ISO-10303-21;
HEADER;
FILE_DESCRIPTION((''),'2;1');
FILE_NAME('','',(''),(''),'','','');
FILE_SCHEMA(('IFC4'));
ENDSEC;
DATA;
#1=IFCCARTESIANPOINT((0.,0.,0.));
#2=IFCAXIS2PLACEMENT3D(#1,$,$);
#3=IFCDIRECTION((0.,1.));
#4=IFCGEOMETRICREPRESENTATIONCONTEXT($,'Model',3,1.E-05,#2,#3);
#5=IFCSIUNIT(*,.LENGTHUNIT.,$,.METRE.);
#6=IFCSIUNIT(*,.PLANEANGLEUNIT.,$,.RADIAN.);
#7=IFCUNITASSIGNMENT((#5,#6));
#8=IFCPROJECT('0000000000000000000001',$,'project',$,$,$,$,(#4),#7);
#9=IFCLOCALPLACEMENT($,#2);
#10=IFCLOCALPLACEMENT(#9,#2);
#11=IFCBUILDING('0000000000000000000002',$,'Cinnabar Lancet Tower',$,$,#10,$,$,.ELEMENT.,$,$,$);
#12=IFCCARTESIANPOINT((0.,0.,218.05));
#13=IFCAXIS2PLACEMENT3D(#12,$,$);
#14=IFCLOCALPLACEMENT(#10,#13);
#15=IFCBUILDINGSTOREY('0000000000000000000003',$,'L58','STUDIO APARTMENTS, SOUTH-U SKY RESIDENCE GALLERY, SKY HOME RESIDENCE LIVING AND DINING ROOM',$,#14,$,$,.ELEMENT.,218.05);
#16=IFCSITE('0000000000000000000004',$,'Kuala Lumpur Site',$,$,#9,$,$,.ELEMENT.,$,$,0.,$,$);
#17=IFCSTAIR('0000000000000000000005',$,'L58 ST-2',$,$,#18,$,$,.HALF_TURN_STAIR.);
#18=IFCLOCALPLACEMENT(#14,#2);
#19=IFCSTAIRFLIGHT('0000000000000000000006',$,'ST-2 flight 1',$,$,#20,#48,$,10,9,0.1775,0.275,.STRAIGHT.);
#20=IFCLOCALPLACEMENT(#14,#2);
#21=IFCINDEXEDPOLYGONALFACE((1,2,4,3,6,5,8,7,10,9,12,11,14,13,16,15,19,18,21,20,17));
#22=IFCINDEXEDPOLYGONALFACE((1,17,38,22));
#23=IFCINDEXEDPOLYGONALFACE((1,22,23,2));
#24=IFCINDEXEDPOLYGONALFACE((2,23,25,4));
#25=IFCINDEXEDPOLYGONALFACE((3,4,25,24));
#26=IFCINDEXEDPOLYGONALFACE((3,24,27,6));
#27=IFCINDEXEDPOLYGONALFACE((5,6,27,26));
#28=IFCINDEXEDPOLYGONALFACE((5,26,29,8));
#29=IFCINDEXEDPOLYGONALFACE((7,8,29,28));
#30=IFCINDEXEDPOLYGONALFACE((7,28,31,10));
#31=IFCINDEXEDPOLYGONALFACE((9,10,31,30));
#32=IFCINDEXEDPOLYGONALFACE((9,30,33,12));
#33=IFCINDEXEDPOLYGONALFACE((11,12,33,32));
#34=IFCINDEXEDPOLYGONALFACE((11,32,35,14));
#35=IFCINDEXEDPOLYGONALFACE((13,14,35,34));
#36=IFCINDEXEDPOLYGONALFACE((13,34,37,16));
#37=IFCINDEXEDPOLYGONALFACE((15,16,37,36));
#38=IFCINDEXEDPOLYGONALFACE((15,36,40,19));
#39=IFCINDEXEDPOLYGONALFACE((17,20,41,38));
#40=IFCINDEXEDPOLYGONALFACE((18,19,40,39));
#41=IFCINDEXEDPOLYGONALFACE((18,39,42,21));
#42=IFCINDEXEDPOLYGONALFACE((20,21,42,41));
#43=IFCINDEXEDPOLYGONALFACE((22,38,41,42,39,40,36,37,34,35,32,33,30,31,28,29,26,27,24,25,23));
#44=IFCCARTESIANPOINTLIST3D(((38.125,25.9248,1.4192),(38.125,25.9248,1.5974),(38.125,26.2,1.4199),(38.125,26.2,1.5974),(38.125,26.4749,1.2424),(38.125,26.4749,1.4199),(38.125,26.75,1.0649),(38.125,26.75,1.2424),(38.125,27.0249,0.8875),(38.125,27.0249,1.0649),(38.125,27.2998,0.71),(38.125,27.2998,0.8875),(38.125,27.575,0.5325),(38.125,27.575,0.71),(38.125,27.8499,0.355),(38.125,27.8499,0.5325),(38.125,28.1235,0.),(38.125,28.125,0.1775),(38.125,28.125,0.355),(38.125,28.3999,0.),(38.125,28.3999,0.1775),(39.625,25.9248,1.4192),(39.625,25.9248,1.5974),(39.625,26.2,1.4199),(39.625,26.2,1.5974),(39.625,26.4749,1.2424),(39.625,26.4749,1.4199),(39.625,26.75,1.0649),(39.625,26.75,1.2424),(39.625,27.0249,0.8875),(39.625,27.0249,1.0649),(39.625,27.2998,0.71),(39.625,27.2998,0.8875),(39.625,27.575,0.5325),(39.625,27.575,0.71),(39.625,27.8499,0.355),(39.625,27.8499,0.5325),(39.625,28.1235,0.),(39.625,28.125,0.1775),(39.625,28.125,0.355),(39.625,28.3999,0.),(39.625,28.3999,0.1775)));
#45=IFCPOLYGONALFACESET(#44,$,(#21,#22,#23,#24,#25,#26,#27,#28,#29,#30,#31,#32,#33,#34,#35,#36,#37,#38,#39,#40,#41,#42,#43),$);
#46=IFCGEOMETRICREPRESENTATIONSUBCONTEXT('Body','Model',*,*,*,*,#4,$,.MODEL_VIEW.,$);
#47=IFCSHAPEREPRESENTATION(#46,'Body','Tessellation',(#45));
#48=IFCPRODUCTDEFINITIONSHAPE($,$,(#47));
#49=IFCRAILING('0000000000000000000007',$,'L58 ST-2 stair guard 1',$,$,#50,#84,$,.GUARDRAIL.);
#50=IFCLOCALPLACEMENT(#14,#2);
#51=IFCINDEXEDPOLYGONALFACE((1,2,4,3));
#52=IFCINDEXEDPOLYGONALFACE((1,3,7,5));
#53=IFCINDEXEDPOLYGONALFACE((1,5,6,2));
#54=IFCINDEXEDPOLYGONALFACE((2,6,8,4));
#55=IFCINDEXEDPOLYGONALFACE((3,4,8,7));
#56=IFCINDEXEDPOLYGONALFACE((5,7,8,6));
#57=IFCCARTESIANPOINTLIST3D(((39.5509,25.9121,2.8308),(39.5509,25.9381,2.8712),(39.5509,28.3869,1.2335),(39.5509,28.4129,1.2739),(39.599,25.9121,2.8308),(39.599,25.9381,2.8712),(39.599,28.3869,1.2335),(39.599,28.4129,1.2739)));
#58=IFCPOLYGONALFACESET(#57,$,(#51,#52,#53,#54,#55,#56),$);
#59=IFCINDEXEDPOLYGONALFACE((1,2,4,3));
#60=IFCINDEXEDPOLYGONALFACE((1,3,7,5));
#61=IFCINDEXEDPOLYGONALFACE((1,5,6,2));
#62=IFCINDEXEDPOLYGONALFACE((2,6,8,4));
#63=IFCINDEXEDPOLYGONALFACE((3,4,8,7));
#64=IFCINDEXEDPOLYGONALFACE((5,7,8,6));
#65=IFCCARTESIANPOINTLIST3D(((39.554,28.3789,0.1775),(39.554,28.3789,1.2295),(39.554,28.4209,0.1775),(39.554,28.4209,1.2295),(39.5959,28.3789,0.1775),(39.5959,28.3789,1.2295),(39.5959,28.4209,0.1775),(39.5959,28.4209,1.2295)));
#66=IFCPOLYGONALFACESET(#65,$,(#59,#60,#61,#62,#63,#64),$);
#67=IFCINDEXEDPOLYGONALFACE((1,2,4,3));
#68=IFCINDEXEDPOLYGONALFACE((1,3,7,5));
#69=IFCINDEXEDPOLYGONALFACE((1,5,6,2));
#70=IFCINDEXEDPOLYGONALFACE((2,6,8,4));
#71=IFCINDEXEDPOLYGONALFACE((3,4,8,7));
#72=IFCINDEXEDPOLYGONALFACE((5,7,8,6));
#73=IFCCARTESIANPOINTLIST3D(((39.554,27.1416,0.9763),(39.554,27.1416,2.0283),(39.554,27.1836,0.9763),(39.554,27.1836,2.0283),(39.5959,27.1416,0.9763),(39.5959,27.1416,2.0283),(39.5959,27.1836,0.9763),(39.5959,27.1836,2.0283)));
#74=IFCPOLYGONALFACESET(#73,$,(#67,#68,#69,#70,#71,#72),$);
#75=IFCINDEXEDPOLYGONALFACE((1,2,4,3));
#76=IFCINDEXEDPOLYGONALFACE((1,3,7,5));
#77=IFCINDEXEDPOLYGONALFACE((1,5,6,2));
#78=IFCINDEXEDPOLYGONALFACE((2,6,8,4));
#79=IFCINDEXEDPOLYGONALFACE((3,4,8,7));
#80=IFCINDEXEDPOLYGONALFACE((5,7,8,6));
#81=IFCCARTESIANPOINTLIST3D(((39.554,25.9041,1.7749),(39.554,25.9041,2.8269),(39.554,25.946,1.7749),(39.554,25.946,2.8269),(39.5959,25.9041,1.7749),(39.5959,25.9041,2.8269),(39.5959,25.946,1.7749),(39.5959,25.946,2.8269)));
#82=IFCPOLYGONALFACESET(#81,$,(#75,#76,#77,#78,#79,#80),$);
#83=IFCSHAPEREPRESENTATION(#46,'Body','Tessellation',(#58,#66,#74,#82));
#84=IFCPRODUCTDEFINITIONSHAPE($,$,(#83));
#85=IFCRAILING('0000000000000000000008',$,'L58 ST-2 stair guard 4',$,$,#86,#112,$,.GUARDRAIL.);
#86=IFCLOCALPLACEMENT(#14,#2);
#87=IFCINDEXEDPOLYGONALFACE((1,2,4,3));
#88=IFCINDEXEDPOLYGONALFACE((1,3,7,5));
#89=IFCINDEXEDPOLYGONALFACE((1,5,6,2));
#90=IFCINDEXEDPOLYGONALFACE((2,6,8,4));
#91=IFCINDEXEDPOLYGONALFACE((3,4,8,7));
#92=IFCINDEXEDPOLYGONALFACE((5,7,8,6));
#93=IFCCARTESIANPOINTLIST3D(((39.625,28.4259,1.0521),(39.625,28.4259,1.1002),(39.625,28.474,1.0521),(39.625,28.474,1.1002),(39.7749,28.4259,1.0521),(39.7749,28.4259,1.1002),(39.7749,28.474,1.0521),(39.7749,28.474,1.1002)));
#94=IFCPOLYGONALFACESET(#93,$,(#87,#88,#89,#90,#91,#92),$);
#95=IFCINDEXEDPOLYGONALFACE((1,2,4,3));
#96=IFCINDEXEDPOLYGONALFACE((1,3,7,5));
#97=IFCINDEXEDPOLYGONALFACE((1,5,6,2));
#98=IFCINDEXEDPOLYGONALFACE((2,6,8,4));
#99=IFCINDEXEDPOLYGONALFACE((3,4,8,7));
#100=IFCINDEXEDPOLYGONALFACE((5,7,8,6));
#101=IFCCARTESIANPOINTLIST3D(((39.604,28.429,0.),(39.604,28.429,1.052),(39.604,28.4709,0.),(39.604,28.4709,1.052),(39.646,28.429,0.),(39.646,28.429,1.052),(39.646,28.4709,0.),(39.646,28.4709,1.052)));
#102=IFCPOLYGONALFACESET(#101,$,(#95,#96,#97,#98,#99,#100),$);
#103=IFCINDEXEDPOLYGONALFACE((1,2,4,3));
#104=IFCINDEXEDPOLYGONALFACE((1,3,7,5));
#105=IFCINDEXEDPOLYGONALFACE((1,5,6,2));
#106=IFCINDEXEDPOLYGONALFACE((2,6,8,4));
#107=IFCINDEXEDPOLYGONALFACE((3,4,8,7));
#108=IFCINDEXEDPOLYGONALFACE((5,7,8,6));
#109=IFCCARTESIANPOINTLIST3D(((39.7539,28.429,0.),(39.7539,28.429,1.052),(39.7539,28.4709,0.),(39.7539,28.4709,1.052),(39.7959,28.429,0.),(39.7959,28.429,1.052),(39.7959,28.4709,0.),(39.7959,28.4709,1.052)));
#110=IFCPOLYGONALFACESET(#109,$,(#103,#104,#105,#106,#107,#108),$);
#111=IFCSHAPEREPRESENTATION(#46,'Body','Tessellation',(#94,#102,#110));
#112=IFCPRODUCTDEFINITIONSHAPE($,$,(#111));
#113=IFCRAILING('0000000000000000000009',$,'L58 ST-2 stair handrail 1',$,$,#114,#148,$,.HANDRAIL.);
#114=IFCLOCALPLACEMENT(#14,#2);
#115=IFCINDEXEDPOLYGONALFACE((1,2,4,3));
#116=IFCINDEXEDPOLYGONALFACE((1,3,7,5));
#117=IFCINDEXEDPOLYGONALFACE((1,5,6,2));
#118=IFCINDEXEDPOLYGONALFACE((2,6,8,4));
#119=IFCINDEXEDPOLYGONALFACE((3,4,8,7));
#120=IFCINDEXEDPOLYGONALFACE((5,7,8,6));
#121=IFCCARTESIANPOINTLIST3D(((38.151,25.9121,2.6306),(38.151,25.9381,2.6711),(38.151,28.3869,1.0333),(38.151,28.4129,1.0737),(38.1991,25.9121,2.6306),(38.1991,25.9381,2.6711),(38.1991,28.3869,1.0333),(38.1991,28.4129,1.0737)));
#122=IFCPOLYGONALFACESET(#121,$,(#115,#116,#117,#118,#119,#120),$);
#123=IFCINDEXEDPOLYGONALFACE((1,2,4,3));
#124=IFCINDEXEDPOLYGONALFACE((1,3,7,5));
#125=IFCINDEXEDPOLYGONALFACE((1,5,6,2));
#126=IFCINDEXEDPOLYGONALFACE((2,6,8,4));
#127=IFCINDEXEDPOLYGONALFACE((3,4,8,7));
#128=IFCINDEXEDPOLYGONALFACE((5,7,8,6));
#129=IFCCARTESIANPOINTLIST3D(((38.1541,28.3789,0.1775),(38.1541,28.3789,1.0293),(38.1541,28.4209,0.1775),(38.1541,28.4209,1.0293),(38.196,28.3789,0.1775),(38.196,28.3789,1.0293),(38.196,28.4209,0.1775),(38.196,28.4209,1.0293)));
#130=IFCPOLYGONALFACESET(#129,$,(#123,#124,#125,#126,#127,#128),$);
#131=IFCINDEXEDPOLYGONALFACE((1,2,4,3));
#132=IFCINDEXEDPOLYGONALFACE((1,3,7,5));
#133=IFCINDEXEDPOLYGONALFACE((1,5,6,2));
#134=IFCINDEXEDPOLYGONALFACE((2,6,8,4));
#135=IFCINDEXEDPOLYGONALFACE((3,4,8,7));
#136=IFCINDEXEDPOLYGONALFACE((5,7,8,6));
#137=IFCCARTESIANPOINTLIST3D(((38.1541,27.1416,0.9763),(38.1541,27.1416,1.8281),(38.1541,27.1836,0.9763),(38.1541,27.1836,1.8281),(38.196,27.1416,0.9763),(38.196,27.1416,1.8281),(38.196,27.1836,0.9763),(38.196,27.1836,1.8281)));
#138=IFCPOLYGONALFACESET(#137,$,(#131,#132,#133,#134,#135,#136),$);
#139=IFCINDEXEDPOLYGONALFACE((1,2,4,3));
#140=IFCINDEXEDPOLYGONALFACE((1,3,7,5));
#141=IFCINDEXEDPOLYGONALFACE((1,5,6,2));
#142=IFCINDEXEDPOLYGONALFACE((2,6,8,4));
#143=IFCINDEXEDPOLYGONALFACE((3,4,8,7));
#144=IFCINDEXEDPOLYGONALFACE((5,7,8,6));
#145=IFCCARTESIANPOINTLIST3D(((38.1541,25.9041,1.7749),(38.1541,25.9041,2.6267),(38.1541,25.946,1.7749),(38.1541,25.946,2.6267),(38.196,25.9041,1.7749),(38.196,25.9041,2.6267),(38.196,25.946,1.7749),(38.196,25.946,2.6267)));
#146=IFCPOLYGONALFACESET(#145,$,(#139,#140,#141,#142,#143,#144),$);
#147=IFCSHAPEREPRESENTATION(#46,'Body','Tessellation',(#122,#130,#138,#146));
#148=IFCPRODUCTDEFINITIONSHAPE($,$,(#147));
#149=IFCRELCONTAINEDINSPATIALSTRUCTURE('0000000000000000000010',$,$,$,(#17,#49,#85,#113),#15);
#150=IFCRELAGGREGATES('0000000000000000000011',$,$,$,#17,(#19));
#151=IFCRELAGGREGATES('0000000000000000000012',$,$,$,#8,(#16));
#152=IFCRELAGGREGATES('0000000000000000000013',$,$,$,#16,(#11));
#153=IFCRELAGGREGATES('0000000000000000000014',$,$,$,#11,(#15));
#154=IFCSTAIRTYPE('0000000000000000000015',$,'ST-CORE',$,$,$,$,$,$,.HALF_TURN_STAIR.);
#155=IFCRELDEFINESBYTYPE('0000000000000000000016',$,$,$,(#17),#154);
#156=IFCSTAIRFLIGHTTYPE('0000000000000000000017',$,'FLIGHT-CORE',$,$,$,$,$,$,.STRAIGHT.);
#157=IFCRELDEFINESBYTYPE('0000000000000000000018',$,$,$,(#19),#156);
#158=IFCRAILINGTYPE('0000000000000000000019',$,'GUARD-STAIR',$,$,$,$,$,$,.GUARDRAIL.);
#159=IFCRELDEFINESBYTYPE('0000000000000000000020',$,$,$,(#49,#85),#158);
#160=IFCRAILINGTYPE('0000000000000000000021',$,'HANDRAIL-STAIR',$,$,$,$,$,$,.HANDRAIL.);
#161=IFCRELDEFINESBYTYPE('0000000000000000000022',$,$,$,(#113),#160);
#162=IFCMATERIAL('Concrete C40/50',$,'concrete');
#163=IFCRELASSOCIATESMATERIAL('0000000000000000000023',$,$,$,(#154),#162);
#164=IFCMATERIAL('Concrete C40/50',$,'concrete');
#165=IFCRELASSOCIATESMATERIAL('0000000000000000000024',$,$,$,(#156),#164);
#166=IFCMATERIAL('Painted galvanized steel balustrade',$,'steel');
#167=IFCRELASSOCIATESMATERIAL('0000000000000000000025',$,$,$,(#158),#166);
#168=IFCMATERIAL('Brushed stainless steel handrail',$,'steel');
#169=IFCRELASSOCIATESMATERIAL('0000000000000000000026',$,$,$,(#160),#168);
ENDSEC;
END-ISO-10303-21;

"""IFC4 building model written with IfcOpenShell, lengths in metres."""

from ifc_helpers import new_model, si_unit, direction, frame, origin, origin_2d, place, context, subcontext, project, spatial, polyline, rectangle, outline, extrude, material, type_object, element, aggregate, save


model = new_model("IFC4")

# Units and contexts
model_context = context("Model", 3, precision=1e-05, world=origin(), true_north=direction((0.0, 1.0)))
body_context = subcontext(model_context, "Body", "Model", "MODEL_VIEW")
ifc_project = project(units=[si_unit("LENGTHUNIT", "METRE"), si_unit("PLANEANGLEUNIT", "RADIAN")], contexts=[model_context])

# Site, building, storey
site_placement = place(None, origin())
site = spatial("IfcSite", under=ifc_project, at=site_placement, Name="Kuala Lumpur Site", CompositionType="ELEMENT", RefElevation=0.0)
building_placement = place(site_placement, origin())
building = spatial("IfcBuilding", under=site, at=building_placement, Name="Cinnabar Lancet Tower", CompositionType="ELEMENT")
storey_placement = place(building_placement, frame((0.0, 0.0, 218.05)))
storey = spatial("IfcBuildingStorey", under=building, at=storey_placement, Name="L58", Description="STUDIO APARTMENTS, SOUTH-U SKY RESIDENCE GALLERY, SKY HOME RESIDENCE LIVING AND DINING ROOM", CompositionType="ELEMENT", Elevation=218.05)

# Stair, stair flight
ifc_material_1 = material(Name="Concrete C40/50", Category="concrete")
stair_type = type_object("IfcStairType", Name="ST-CORE", PredefinedType="HALF_TURN_STAIR", material=ifc_material_1)
stair_placement = place(storey_placement, origin())
stair = element("IfcStair", 1, at=stair_placement, inside=storey, type_object=stair_type, Name="L58 ST-2", PredefinedType="HALF_TURN_STAIR")
ifc_material_2 = material(Name="Concrete C40/50", Category="concrete")
stair_flight_type = type_object("IfcStairFlightType", Name="FLIGHT-CORE", PredefinedType="STRAIGHT", material=ifc_material_2)
stair_flight_placement = place(storey_placement, frame((38.875, 28.3999, 0.0), z_axis=(0.0, 0.0, 1.0), x_axis=(0.0, -1.0, 0.0)))
stair_flight = element("IfcStairFlight", 2, at=stair_flight_placement, type_object=stair_flight_type, Name="ST-2 flight 1", NumberOfRisers=10, NumberOfTreads=9, PredefinedType="STRAIGHT", RiserHeight=0.1775, TreadLength=0.275, context=body_context, shape_type="SweptSolid", body=[
    extrude(outline(polyline([(0.0, 0.0), (0.0, 0.1775), (0.2749, 0.1775), (0.2749, 0.355), (0.55, 0.355), (0.55, 0.5325), (0.825, 0.5325), (0.825, 0.71), (1.1001, 0.71), (1.1001, 0.8875), (1.375, 0.8875), (1.375, 1.0649), (1.6499, 1.0649), (1.6499, 1.2424), (1.925, 1.2424), (1.925, 1.4199), (2.2, 1.4199), (2.2, 1.5974), (2.4751, 1.5974), (2.4751, 1.7749), (2.4751, 1.4192), (0.2764, 0.0), (0.0, 0.0)])), frame((0.0, 0.75, 0.0), z_axis=(0.0, -1.0, 0.0), x_axis=(1.0, 0.0, 0.0)), (0.0, 0.0, 1.0), 1.5),
])
aggregate(stair, [stair_flight])

# Railings
ifc_material_3 = material(Name="Painted galvanized steel balustrade", Category="steel")
railing_type_1 = type_object("IfcRailingType", Name="GUARD-STAIR", PredefinedType="GUARDRAIL", material=ifc_material_3)
railing_1_placement = place(storey_placement, frame((39.575, 28.3999, 0.1775)))
element("IfcRailing", 3, at=railing_1_placement, inside=storey, type_object=railing_type_1, Name="L58 ST-2 stair guard 1", PredefinedType="GUARDRAIL", context=body_context, shape_type="SweptSolid", body=[
    extrude(rectangle(XDim=0.0481, YDim=0.0481, at=origin_2d()), frame((0.0, 0.0, 1.0762), z_axis=(0.0, -0.840183, 0.542302), x_axis=(1.0, 0.0, 0.0)), (0.0, 0.0, 1.0), 2.9456),
    extrude(rectangle(XDim=0.042, YDim=0.042, at=origin_2d()), origin(), (0.0, 0.0, 1.0), 1.052),
    extrude(rectangle(XDim=0.042, YDim=0.042, at=origin_2d()), frame((0.0, -1.2373, 0.7988)), (0.0, 0.0, 1.0), 1.052),
    extrude(rectangle(XDim=0.042, YDim=0.042, at=origin_2d()), frame((0.0, -2.4749, 1.5974)), (0.0, 0.0, 1.0), 1.052),
])
railing_2_placement = place(storey_placement, frame((39.625, 28.45, 0.0)))
element("IfcRailing", 4, at=railing_2_placement, inside=storey, type_object=railing_type_1, Name="L58 ST-2 stair guard 4", PredefinedType="GUARDRAIL", context=body_context, shape_type="SweptSolid", body=[
    extrude(rectangle(XDim=0.0481, YDim=0.0481, at=origin_2d()), frame((0.0, 0.0, 1.0762), z_axis=(1.0, 0.0, 0.0), x_axis=(0.0, 1.0, 0.0)), (0.0, 0.0, 1.0), 0.1499),
    extrude(rectangle(XDim=0.042, YDim=0.042, at=origin_2d()), origin(), (0.0, 0.0, 1.0), 1.052),
    extrude(rectangle(XDim=0.042, YDim=0.042, at=origin_2d()), frame((0.1499, 0.0, 0.0)), (0.0, 0.0, 1.0), 1.052),
])
ifc_material_4 = material(Name="Brushed stainless steel handrail", Category="steel")
railing_type_2 = type_object("IfcRailingType", Name="HANDRAIL-STAIR", PredefinedType="HANDRAIL", material=ifc_material_4)
railing_3_placement = place(storey_placement, frame((38.175, 28.3999, 0.1775)))
element("IfcRailing", 5, at=railing_3_placement, inside=storey, type_object=railing_type_2, Name="L58 ST-2 stair handrail 1", PredefinedType="HANDRAIL", context=body_context, shape_type="SweptSolid", body=[
    extrude(rectangle(XDim=0.0481, YDim=0.0481, at=origin_2d()), frame((0.0, 0.0, 0.876), z_axis=(0.0, -0.840183, 0.542302), x_axis=(1.0, 0.0, 0.0)), (0.0, 0.0, 1.0), 2.9456),
    extrude(rectangle(XDim=0.042, YDim=0.042, at=origin_2d()), origin(), (0.0, 0.0, 1.0), 0.8518),
    extrude(rectangle(XDim=0.042, YDim=0.042, at=origin_2d()), frame((0.0, -1.2373, 0.7988)), (0.0, 0.0, 1.0), 0.8518),
    extrude(rectangle(XDim=0.042, YDim=0.042, at=origin_2d()), frame((0.0, -2.4749, 1.5974)), (0.0, 0.0, 1.0), 0.8518),
])

save(model, "model.ifc")
